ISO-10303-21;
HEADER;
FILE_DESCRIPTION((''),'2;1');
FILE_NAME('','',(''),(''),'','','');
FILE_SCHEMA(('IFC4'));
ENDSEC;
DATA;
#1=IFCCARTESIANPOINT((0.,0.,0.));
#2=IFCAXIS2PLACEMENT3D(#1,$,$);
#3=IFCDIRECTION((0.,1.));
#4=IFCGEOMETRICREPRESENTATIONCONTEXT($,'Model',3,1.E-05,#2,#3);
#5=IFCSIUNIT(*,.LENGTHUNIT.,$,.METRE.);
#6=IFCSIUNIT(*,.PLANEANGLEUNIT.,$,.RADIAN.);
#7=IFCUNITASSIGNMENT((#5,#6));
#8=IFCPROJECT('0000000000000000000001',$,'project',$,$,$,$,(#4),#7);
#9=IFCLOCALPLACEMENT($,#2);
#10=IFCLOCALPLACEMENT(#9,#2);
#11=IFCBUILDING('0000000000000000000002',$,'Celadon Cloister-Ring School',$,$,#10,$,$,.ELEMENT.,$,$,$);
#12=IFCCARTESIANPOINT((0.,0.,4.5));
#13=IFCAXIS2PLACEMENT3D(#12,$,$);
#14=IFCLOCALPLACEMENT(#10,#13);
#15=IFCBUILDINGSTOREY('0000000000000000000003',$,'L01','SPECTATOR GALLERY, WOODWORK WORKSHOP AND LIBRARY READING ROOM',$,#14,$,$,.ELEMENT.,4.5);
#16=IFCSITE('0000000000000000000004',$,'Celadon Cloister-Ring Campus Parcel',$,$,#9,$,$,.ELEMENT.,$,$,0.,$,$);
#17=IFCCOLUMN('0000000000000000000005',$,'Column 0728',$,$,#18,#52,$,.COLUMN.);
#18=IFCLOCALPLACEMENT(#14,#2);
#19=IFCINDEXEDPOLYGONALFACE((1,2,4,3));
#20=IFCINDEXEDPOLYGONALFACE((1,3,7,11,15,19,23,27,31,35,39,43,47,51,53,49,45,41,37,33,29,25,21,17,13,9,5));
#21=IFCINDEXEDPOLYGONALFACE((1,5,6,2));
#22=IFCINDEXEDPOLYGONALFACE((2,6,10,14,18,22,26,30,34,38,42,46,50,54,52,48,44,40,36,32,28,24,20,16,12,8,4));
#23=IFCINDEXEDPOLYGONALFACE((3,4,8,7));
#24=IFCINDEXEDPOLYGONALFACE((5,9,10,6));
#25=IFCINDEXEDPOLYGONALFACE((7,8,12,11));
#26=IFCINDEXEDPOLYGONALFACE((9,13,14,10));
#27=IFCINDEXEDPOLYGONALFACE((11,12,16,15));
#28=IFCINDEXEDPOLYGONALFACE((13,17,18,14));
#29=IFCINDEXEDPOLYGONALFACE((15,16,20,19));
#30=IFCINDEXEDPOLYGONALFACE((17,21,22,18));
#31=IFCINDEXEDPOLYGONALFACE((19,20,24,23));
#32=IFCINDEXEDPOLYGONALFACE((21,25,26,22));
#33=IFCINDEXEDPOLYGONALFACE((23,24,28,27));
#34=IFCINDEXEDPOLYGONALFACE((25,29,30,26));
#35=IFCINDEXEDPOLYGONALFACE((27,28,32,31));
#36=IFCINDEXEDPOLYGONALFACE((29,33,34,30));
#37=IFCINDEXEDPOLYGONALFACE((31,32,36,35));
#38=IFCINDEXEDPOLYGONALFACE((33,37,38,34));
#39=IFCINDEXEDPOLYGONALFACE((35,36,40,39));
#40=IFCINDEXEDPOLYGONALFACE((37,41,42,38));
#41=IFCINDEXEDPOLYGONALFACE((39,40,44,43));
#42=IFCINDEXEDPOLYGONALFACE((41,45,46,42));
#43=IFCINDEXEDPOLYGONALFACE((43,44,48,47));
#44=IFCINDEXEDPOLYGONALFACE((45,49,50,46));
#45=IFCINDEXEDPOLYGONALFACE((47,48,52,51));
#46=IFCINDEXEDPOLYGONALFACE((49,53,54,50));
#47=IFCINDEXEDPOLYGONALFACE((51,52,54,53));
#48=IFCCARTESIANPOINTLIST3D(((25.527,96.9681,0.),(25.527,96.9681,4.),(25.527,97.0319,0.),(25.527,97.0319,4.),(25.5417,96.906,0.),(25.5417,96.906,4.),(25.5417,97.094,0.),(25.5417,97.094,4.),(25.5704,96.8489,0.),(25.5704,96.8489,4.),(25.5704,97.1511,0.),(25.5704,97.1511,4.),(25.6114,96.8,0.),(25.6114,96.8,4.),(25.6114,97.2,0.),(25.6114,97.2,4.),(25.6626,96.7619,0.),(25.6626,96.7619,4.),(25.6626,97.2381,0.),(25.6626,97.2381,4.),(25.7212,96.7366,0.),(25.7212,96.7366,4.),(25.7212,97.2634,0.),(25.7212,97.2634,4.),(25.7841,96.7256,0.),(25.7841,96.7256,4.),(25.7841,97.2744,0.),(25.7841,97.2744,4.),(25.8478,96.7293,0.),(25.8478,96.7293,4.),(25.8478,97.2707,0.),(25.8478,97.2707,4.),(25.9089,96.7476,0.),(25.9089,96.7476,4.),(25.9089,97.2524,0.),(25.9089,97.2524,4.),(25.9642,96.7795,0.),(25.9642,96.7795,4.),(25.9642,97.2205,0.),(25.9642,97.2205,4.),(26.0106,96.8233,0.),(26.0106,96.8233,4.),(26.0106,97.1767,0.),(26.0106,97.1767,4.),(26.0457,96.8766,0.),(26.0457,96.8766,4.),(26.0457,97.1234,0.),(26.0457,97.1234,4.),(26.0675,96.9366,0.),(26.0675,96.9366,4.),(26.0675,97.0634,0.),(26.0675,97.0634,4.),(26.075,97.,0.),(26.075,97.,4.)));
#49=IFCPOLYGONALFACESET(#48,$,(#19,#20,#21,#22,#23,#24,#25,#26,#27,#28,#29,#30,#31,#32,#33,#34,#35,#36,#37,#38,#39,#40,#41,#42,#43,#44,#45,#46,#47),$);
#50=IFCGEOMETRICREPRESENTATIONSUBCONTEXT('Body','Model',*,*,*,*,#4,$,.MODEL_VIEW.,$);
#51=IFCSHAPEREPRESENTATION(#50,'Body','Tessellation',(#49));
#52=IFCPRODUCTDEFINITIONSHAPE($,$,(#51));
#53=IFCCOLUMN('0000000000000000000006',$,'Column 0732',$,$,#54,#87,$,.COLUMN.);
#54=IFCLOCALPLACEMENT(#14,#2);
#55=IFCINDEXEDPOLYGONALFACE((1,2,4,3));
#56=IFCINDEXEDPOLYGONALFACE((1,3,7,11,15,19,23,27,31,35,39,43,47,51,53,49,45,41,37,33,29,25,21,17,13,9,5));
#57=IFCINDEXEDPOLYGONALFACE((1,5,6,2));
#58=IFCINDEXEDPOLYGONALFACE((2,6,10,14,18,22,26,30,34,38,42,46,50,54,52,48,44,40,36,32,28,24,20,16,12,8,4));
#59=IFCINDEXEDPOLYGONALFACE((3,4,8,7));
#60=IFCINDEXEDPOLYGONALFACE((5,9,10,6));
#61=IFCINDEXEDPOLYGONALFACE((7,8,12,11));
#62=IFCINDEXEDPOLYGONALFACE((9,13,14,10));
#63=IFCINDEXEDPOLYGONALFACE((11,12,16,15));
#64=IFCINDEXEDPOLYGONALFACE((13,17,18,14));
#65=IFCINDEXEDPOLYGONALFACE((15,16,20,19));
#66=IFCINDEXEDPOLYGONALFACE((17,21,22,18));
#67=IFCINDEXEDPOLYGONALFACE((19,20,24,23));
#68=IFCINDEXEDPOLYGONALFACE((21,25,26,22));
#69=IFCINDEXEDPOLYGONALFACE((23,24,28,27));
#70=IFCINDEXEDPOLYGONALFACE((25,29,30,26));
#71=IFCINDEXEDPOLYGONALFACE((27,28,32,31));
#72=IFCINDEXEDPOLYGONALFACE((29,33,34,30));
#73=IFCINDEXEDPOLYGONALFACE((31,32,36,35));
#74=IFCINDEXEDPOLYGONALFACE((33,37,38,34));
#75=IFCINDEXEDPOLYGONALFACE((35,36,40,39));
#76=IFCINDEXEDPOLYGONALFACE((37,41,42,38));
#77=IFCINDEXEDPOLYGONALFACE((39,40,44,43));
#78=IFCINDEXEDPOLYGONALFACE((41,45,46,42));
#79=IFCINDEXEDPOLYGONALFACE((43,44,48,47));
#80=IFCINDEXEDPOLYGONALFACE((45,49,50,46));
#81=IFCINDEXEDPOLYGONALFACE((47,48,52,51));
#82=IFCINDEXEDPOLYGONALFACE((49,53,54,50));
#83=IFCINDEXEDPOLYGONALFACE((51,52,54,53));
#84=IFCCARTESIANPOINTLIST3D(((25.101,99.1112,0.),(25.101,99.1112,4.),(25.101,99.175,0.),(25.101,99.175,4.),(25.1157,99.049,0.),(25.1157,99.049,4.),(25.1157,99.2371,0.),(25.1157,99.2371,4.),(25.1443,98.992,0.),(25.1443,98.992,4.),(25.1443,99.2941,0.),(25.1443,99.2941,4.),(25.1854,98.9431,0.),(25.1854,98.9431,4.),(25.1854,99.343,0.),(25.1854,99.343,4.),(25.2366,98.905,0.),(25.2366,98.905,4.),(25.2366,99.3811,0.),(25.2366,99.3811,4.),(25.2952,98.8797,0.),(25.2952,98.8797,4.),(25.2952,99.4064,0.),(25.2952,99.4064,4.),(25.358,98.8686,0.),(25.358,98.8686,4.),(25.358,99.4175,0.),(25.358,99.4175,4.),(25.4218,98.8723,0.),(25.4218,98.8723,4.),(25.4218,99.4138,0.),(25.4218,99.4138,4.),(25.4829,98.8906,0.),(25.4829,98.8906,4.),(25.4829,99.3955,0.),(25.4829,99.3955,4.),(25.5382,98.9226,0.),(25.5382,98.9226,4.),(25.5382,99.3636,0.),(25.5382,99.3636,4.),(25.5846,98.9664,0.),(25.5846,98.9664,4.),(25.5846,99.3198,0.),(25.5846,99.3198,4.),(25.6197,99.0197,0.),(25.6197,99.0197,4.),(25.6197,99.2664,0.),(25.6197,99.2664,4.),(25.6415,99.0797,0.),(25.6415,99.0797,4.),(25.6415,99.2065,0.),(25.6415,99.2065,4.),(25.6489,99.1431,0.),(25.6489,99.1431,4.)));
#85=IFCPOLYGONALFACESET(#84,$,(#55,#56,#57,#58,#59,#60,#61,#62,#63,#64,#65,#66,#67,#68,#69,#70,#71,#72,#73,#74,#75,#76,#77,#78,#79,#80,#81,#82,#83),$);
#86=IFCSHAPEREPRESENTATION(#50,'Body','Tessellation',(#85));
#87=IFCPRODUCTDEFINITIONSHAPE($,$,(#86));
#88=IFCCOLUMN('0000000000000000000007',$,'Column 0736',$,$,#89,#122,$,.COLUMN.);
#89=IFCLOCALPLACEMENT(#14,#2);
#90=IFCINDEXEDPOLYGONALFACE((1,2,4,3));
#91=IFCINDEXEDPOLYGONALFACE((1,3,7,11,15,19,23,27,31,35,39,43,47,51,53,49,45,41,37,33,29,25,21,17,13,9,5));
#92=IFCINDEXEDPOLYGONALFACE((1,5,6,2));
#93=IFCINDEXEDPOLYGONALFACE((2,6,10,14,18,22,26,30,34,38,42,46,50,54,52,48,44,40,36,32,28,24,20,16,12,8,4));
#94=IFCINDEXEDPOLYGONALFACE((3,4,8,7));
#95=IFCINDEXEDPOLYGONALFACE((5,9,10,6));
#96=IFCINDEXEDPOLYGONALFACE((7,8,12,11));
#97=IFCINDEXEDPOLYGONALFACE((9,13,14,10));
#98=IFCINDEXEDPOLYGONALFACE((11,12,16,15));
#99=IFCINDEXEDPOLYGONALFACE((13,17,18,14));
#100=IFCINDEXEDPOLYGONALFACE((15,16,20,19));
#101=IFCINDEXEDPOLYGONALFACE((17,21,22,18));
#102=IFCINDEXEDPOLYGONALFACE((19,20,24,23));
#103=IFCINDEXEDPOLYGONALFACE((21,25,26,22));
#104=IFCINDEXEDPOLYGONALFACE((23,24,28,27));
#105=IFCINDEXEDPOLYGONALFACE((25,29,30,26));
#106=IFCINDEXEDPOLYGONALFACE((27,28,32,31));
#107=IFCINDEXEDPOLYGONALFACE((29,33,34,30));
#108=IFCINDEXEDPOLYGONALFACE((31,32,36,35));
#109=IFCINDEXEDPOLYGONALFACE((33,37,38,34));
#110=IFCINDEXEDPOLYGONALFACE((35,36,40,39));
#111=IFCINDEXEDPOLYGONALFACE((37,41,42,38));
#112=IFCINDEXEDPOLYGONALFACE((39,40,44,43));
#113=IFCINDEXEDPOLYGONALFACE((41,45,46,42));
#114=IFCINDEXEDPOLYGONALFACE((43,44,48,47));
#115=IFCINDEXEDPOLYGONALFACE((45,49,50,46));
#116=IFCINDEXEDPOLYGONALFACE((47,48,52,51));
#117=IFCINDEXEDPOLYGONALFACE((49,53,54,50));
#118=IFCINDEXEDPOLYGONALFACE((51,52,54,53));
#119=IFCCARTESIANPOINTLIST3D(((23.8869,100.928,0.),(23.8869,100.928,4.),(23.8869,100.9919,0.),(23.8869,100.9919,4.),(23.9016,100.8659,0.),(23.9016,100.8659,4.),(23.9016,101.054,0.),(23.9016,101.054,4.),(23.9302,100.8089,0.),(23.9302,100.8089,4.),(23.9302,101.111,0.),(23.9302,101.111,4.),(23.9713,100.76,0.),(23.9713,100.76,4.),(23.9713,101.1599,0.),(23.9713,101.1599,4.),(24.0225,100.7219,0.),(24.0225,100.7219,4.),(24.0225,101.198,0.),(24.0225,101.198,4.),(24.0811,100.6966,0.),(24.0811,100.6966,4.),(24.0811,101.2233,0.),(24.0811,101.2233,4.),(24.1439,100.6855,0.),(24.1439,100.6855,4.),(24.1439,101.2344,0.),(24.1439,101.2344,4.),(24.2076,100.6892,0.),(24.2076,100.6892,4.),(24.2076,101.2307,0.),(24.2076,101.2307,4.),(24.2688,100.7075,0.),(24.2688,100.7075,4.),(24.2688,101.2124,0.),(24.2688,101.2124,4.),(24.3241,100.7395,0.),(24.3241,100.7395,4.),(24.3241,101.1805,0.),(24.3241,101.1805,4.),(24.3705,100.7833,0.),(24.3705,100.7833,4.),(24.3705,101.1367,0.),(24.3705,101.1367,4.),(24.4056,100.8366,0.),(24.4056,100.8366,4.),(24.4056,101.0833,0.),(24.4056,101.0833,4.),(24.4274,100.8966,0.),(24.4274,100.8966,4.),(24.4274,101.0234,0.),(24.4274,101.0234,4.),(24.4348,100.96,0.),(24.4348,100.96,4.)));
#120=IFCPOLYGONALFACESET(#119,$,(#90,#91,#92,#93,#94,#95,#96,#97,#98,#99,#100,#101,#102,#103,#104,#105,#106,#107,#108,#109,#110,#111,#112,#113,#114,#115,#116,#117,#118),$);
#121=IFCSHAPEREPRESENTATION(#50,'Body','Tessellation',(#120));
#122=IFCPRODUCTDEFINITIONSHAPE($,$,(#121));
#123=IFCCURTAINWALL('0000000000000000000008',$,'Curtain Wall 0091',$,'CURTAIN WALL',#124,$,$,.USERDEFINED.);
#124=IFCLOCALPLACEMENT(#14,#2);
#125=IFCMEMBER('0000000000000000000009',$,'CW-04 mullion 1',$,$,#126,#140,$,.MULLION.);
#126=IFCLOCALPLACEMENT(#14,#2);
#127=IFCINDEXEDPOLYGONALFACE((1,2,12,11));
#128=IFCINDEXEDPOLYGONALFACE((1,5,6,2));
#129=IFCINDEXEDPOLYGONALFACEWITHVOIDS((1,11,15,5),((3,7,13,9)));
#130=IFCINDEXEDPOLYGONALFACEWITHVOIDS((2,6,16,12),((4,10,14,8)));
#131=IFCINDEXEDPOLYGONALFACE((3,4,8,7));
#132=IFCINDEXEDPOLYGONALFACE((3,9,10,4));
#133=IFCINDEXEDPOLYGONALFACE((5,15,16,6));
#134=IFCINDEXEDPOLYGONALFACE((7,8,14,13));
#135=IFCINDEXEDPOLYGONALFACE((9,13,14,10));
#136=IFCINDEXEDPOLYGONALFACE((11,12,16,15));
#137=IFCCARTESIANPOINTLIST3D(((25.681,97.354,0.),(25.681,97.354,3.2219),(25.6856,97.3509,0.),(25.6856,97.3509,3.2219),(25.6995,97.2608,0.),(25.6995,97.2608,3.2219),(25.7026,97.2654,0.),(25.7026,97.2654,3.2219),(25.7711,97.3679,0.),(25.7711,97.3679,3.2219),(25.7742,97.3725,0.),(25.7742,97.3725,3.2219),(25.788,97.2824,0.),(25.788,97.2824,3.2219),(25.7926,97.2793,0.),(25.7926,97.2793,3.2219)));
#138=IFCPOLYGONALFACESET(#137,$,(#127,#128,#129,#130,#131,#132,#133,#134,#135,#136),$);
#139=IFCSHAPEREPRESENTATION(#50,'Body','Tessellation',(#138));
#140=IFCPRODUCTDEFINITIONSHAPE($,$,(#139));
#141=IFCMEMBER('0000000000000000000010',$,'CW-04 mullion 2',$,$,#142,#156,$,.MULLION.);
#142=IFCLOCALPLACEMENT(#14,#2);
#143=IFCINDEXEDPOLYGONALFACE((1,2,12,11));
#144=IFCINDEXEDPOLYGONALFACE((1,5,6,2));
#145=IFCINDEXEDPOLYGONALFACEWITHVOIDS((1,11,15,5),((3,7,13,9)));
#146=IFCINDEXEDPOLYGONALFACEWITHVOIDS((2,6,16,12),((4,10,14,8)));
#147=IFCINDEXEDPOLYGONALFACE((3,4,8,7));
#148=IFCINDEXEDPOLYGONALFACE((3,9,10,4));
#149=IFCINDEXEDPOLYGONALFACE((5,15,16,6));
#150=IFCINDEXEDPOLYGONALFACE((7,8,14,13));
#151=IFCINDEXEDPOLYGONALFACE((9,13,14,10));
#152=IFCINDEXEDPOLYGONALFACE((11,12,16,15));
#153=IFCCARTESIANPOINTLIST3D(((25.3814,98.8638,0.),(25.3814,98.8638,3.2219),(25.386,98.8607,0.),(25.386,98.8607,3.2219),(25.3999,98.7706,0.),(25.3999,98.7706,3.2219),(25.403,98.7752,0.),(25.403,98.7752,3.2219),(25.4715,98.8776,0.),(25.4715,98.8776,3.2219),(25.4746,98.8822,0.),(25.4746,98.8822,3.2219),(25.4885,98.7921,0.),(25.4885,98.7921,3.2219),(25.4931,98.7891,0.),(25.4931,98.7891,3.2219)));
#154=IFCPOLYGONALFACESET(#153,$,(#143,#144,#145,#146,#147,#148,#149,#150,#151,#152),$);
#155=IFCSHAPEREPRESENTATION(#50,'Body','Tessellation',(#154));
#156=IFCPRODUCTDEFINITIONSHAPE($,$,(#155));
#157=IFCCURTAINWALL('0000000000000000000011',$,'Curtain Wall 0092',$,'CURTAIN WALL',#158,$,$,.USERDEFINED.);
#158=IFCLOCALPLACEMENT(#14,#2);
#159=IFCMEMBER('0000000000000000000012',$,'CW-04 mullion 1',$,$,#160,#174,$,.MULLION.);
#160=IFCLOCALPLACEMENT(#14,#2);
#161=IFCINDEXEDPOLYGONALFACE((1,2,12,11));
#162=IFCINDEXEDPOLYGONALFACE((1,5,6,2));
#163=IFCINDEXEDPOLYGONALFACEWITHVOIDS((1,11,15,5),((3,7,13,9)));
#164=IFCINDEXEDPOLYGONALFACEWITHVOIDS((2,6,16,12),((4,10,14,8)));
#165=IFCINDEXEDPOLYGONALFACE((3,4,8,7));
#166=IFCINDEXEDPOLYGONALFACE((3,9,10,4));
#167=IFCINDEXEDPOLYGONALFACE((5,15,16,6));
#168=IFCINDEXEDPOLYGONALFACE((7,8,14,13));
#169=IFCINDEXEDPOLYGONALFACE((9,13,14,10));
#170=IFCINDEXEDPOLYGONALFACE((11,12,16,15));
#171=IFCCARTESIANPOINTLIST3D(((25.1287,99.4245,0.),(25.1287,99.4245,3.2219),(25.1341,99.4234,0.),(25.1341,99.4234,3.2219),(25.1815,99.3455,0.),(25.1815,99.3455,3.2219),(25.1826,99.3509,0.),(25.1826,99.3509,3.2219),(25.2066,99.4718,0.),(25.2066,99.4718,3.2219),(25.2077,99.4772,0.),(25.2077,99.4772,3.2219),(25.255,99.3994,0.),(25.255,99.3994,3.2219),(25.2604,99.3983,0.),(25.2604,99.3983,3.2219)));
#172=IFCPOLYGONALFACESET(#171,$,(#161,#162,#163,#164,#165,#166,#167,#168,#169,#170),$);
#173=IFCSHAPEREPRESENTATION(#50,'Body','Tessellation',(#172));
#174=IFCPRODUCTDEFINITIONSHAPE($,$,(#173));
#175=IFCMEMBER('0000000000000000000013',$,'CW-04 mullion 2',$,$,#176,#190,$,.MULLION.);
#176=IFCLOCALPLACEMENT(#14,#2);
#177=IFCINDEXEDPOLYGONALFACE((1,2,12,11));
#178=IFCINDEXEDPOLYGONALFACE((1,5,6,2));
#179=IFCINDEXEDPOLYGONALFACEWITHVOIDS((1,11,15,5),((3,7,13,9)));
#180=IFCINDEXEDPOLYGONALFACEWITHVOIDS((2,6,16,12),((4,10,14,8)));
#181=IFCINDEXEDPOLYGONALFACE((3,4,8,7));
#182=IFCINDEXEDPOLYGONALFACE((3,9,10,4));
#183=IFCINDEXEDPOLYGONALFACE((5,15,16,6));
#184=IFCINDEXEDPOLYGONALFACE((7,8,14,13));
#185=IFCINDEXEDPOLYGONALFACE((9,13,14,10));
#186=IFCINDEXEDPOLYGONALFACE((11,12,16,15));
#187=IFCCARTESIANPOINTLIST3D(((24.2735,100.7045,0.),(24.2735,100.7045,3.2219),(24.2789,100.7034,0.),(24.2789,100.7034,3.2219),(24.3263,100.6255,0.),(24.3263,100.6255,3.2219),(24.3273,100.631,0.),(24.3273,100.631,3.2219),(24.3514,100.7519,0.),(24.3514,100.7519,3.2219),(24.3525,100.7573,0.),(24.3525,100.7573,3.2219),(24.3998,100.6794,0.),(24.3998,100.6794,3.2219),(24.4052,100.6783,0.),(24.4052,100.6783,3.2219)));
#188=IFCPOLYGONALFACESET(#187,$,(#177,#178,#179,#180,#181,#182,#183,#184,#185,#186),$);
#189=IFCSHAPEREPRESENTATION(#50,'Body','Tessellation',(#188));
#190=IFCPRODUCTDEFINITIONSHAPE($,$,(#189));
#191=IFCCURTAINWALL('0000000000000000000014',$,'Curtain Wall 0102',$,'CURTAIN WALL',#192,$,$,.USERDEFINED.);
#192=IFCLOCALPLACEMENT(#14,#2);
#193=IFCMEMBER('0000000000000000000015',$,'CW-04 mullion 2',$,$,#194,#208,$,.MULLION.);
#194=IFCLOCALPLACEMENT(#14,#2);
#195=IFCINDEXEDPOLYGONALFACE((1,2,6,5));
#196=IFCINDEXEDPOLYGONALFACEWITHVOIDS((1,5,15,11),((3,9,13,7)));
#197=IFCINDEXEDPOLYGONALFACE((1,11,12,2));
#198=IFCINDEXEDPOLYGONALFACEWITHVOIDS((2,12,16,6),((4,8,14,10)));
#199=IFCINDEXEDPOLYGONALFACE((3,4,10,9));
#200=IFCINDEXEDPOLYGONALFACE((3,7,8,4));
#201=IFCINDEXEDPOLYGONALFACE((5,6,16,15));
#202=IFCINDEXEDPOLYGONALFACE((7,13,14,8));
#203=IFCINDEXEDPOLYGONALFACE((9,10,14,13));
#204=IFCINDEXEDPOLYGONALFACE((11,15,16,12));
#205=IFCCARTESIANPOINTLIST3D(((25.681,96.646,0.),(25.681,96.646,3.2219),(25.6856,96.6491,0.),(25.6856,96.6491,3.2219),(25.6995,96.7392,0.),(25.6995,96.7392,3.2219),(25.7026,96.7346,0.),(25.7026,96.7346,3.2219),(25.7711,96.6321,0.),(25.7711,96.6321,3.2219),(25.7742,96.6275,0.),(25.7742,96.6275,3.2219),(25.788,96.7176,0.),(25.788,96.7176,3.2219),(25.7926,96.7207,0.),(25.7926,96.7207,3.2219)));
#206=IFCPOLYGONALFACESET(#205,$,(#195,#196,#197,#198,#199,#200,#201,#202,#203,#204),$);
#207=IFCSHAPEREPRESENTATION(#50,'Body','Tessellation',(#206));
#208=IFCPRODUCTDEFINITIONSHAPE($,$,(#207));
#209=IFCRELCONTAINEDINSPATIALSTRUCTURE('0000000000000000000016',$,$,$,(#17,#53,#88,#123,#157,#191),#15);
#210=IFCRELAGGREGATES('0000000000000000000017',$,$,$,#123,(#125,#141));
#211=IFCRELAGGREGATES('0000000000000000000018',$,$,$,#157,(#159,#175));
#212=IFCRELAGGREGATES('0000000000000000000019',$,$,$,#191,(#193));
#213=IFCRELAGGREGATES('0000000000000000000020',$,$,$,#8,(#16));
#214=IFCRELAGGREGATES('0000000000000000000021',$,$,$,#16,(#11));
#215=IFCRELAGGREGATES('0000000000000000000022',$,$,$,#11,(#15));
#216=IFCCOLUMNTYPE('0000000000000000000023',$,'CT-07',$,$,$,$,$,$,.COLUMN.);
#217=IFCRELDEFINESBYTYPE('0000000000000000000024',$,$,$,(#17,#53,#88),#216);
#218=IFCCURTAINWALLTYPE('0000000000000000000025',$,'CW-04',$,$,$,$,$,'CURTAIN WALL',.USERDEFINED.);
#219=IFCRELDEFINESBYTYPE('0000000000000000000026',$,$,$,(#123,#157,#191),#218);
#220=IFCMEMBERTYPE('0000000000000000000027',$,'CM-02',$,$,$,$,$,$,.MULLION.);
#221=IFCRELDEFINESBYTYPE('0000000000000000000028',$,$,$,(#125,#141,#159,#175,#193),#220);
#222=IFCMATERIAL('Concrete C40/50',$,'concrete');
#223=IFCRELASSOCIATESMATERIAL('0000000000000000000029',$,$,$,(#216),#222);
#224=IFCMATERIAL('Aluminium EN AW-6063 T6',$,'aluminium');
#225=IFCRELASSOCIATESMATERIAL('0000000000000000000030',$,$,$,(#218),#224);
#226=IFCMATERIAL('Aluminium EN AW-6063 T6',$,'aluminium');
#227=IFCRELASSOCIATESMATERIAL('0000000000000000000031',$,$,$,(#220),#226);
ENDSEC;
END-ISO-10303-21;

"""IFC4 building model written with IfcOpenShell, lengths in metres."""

from ifc_helpers import new_model, si_unit, direction, frame, origin, origin_2d, place, context, subcontext, project, spatial, hollow_rectangle, circle, extrude, material, material_profile, profile_set, type_object, element, aggregate, save


model = new_model("IFC4")

# Units and contexts
model_context = context("Model", 3, precision=1e-05, world=origin(), true_north=direction((0.0, 1.0)))
body_context = subcontext(model_context, "Body", "Model", "MODEL_VIEW")
ifc_project = project(units=[si_unit("LENGTHUNIT", "METRE"), si_unit("PLANEANGLEUNIT", "RADIAN")], contexts=[model_context])

# Site, building, storey
site_placement = place(None, origin())
site = spatial("IfcSite", under=ifc_project, at=site_placement, Name="Celadon Cloister-Ring Campus Parcel", CompositionType="ELEMENT", RefElevation=0.0)
building_placement = place(site_placement, origin())
building = spatial("IfcBuilding", under=site, at=building_placement, Name="Celadon Cloister-Ring School", CompositionType="ELEMENT")
storey_placement = place(building_placement, frame((0.0, 0.0, 4.5)))
storey = spatial("IfcBuildingStorey", under=building, at=storey_placement, Name="L01", Description="SPECTATOR GALLERY, WOODWORK WORKSHOP AND LIBRARY READING ROOM", CompositionType="ELEMENT", Elevation=4.5)

# Columns
ifc_material_1 = material(Name="Concrete C40/50", Category="concrete")
ifc_material_profile_1 = material_profile(ifc_material_1, circle(Radius=0.2749, at=origin_2d()), Name="CIRC550")
ifc_profile_set_1 = profile_set([ifc_material_profile_1], Name="Concrete C40/50")
column_type = type_object("IfcColumnType", Name="CT-07", PredefinedType="COLUMN", material=ifc_profile_set_1)
for number, where, z_axis, x_axis, name in (
    (1, (25.8, 97.0, 0.0), (0.0, 0.0, 1.0), (1.0, 0.0, 0.0), "Column 0728"),
    (2, (25.374, 99.1431, 0.0), (0.0, 0.0, 1.0), (1.0, 0.0, 0.0), "Column 0732"),
    (3, (24.1599, 100.96, 0.0), (0.0, 0.0, 1.0), (1.0, 0.0, 0.0), "Column 0736"),
):
    element("IfcColumn", number, at=place(storey_placement, frame(where, z_axis=z_axis, x_axis=x_axis)), inside=storey, type_object=column_type, Name=name, PredefinedType="COLUMN", context=body_context, shape_type="SweptSolid", body=[
        extrude(circle(Radius=0.2749, at=origin_2d()), origin(), (0.0, 0.0, 1.0), 4.0),
    ])

# Curtain walls, members
ifc_material_2 = material(Name="Aluminium EN AW-6063 T6", Category="aluminium")
curtain_wall_type = type_object("IfcCurtainWallType", Name="CW-04", ElementType="CURTAIN WALL", PredefinedType="USERDEFINED", material=ifc_material_2)
curtain_wall_1_placement = place(storey_placement, origin())
curtain_wall_1 = element("IfcCurtainWall", 4, at=curtain_wall_1_placement, inside=storey, type_object=curtain_wall_type, Name="Curtain Wall 0091", ObjectType="CURTAIN WALL", PredefinedType="USERDEFINED")
ifc_material_3 = material(Name="Aluminium EN AW-6063 T6", Category="aluminium")
ifc_material_profile_2 = material_profile(ifc_material_3, hollow_rectangle(XDim=0.095, YDim=0.095, WallThickness=0.0039, at=origin_2d()), Name="RHS95X95X4")
ifc_profile_set_2 = profile_set([ifc_material_profile_2], Name="Aluminium EN AW-6063 T6")
member_type_1 = type_object("IfcMemberType", Name="CM-02", PredefinedType="MULLION", material=ifc_profile_set_2)
member_1_placement = place(storey_placement, frame((25.7368, 97.3167, 0.0), z_axis=(0.0, 0.0, 1.0), x_axis=(-0.980885, -0.194586, 0.0)))
member_1 = element("IfcMember", 5, at=member_1_placement, type_object=member_type_1, Name="CW-04 mullion 1", PredefinedType="MULLION", context=body_context, shape_type="SweptSolid", body=[
    extrude(hollow_rectangle(XDim=0.095, YDim=0.095, WallThickness=0.0039, at=origin_2d()), origin(), (0.0, 0.0, 1.0), 3.2219),
])
member_2_placement = place(storey_placement, frame((25.4373, 98.8264, 0.0), z_axis=(0.0, 0.0, 1.0), x_axis=(-0.980885, -0.194586, 0.0)))
member_2 = element("IfcMember", 6, at=member_2_placement, type_object=member_type_1, Name="CW-04 mullion 2", PredefinedType="MULLION", context=body_context, shape_type="SweptSolid", body=[
    extrude(hollow_rectangle(XDim=0.095, YDim=0.095, WallThickness=0.0039, at=origin_2d()), origin(), (0.0, 0.0, 1.0), 3.2219),
])
curtain_wall_2_placement = place(storey_placement, origin())
curtain_wall_2 = element("IfcCurtainWall", 7, at=curtain_wall_2_placement, inside=storey, type_object=curtain_wall_type, Name="Curtain Wall 0092", ObjectType="CURTAIN WALL", PredefinedType="USERDEFINED")
member_3_placement = place(storey_placement, frame((25.1946, 99.4114, 0.0), z_axis=(0.0, 0.0, 1.0), x_axis=(-0.831485, -0.555547, 0.0)))
member_3 = element("IfcMember", 8, at=member_3_placement, type_object=member_type_1, Name="CW-04 mullion 1", PredefinedType="MULLION", context=body_context, shape_type="SweptSolid", body=[
    extrude(hollow_rectangle(XDim=0.095, YDim=0.095, WallThickness=0.0039, at=origin_2d()), origin(), (0.0, 0.0, 1.0), 3.2219),
])
member_4_placement = place(storey_placement, frame((24.3394, 100.6914, 0.0), z_axis=(0.0, 0.0, 1.0), x_axis=(-0.831485, -0.555547, 0.0)))
member_4 = element("IfcMember", 9, at=member_4_placement, type_object=member_type_1, Name="CW-04 mullion 2", PredefinedType="MULLION", context=body_context, shape_type="SweptSolid", body=[
    extrude(hollow_rectangle(XDim=0.095, YDim=0.095, WallThickness=0.0039, at=origin_2d()), origin(), (0.0, 0.0, 1.0), 3.2219),
])

# Curtain wall, member
curtain_wall_3_placement = place(storey_placement, origin())
curtain_wall_3 = element("IfcCurtainWall", 10, at=curtain_wall_3_placement, inside=storey, type_object=curtain_wall_type, Name="Curtain Wall 0102", ObjectType="CURTAIN WALL", PredefinedType="USERDEFINED")
member_5_placement = place(storey_placement, frame((25.7368, 96.6833, 0.0), z_axis=(0.0, 0.0, 1.0), x_axis=(-0.980885, 0.194586, 0.0)))
member_5 = element("IfcMember", 11, at=member_5_placement, type_object=member_type_1, Name="CW-04 mullion 2", PredefinedType="MULLION", context=body_context, shape_type="SweptSolid", body=[
    extrude(hollow_rectangle(XDim=0.095, YDim=0.095, WallThickness=0.0039, at=origin_2d()), origin(), (0.0, 0.0, 1.0), 3.2219),
])

aggregate(curtain_wall_1, [member_1, member_2])
aggregate(curtain_wall_2, [member_3, member_4])
aggregate(curtain_wall_3, [member_5])

save(model, "model.ifc")
